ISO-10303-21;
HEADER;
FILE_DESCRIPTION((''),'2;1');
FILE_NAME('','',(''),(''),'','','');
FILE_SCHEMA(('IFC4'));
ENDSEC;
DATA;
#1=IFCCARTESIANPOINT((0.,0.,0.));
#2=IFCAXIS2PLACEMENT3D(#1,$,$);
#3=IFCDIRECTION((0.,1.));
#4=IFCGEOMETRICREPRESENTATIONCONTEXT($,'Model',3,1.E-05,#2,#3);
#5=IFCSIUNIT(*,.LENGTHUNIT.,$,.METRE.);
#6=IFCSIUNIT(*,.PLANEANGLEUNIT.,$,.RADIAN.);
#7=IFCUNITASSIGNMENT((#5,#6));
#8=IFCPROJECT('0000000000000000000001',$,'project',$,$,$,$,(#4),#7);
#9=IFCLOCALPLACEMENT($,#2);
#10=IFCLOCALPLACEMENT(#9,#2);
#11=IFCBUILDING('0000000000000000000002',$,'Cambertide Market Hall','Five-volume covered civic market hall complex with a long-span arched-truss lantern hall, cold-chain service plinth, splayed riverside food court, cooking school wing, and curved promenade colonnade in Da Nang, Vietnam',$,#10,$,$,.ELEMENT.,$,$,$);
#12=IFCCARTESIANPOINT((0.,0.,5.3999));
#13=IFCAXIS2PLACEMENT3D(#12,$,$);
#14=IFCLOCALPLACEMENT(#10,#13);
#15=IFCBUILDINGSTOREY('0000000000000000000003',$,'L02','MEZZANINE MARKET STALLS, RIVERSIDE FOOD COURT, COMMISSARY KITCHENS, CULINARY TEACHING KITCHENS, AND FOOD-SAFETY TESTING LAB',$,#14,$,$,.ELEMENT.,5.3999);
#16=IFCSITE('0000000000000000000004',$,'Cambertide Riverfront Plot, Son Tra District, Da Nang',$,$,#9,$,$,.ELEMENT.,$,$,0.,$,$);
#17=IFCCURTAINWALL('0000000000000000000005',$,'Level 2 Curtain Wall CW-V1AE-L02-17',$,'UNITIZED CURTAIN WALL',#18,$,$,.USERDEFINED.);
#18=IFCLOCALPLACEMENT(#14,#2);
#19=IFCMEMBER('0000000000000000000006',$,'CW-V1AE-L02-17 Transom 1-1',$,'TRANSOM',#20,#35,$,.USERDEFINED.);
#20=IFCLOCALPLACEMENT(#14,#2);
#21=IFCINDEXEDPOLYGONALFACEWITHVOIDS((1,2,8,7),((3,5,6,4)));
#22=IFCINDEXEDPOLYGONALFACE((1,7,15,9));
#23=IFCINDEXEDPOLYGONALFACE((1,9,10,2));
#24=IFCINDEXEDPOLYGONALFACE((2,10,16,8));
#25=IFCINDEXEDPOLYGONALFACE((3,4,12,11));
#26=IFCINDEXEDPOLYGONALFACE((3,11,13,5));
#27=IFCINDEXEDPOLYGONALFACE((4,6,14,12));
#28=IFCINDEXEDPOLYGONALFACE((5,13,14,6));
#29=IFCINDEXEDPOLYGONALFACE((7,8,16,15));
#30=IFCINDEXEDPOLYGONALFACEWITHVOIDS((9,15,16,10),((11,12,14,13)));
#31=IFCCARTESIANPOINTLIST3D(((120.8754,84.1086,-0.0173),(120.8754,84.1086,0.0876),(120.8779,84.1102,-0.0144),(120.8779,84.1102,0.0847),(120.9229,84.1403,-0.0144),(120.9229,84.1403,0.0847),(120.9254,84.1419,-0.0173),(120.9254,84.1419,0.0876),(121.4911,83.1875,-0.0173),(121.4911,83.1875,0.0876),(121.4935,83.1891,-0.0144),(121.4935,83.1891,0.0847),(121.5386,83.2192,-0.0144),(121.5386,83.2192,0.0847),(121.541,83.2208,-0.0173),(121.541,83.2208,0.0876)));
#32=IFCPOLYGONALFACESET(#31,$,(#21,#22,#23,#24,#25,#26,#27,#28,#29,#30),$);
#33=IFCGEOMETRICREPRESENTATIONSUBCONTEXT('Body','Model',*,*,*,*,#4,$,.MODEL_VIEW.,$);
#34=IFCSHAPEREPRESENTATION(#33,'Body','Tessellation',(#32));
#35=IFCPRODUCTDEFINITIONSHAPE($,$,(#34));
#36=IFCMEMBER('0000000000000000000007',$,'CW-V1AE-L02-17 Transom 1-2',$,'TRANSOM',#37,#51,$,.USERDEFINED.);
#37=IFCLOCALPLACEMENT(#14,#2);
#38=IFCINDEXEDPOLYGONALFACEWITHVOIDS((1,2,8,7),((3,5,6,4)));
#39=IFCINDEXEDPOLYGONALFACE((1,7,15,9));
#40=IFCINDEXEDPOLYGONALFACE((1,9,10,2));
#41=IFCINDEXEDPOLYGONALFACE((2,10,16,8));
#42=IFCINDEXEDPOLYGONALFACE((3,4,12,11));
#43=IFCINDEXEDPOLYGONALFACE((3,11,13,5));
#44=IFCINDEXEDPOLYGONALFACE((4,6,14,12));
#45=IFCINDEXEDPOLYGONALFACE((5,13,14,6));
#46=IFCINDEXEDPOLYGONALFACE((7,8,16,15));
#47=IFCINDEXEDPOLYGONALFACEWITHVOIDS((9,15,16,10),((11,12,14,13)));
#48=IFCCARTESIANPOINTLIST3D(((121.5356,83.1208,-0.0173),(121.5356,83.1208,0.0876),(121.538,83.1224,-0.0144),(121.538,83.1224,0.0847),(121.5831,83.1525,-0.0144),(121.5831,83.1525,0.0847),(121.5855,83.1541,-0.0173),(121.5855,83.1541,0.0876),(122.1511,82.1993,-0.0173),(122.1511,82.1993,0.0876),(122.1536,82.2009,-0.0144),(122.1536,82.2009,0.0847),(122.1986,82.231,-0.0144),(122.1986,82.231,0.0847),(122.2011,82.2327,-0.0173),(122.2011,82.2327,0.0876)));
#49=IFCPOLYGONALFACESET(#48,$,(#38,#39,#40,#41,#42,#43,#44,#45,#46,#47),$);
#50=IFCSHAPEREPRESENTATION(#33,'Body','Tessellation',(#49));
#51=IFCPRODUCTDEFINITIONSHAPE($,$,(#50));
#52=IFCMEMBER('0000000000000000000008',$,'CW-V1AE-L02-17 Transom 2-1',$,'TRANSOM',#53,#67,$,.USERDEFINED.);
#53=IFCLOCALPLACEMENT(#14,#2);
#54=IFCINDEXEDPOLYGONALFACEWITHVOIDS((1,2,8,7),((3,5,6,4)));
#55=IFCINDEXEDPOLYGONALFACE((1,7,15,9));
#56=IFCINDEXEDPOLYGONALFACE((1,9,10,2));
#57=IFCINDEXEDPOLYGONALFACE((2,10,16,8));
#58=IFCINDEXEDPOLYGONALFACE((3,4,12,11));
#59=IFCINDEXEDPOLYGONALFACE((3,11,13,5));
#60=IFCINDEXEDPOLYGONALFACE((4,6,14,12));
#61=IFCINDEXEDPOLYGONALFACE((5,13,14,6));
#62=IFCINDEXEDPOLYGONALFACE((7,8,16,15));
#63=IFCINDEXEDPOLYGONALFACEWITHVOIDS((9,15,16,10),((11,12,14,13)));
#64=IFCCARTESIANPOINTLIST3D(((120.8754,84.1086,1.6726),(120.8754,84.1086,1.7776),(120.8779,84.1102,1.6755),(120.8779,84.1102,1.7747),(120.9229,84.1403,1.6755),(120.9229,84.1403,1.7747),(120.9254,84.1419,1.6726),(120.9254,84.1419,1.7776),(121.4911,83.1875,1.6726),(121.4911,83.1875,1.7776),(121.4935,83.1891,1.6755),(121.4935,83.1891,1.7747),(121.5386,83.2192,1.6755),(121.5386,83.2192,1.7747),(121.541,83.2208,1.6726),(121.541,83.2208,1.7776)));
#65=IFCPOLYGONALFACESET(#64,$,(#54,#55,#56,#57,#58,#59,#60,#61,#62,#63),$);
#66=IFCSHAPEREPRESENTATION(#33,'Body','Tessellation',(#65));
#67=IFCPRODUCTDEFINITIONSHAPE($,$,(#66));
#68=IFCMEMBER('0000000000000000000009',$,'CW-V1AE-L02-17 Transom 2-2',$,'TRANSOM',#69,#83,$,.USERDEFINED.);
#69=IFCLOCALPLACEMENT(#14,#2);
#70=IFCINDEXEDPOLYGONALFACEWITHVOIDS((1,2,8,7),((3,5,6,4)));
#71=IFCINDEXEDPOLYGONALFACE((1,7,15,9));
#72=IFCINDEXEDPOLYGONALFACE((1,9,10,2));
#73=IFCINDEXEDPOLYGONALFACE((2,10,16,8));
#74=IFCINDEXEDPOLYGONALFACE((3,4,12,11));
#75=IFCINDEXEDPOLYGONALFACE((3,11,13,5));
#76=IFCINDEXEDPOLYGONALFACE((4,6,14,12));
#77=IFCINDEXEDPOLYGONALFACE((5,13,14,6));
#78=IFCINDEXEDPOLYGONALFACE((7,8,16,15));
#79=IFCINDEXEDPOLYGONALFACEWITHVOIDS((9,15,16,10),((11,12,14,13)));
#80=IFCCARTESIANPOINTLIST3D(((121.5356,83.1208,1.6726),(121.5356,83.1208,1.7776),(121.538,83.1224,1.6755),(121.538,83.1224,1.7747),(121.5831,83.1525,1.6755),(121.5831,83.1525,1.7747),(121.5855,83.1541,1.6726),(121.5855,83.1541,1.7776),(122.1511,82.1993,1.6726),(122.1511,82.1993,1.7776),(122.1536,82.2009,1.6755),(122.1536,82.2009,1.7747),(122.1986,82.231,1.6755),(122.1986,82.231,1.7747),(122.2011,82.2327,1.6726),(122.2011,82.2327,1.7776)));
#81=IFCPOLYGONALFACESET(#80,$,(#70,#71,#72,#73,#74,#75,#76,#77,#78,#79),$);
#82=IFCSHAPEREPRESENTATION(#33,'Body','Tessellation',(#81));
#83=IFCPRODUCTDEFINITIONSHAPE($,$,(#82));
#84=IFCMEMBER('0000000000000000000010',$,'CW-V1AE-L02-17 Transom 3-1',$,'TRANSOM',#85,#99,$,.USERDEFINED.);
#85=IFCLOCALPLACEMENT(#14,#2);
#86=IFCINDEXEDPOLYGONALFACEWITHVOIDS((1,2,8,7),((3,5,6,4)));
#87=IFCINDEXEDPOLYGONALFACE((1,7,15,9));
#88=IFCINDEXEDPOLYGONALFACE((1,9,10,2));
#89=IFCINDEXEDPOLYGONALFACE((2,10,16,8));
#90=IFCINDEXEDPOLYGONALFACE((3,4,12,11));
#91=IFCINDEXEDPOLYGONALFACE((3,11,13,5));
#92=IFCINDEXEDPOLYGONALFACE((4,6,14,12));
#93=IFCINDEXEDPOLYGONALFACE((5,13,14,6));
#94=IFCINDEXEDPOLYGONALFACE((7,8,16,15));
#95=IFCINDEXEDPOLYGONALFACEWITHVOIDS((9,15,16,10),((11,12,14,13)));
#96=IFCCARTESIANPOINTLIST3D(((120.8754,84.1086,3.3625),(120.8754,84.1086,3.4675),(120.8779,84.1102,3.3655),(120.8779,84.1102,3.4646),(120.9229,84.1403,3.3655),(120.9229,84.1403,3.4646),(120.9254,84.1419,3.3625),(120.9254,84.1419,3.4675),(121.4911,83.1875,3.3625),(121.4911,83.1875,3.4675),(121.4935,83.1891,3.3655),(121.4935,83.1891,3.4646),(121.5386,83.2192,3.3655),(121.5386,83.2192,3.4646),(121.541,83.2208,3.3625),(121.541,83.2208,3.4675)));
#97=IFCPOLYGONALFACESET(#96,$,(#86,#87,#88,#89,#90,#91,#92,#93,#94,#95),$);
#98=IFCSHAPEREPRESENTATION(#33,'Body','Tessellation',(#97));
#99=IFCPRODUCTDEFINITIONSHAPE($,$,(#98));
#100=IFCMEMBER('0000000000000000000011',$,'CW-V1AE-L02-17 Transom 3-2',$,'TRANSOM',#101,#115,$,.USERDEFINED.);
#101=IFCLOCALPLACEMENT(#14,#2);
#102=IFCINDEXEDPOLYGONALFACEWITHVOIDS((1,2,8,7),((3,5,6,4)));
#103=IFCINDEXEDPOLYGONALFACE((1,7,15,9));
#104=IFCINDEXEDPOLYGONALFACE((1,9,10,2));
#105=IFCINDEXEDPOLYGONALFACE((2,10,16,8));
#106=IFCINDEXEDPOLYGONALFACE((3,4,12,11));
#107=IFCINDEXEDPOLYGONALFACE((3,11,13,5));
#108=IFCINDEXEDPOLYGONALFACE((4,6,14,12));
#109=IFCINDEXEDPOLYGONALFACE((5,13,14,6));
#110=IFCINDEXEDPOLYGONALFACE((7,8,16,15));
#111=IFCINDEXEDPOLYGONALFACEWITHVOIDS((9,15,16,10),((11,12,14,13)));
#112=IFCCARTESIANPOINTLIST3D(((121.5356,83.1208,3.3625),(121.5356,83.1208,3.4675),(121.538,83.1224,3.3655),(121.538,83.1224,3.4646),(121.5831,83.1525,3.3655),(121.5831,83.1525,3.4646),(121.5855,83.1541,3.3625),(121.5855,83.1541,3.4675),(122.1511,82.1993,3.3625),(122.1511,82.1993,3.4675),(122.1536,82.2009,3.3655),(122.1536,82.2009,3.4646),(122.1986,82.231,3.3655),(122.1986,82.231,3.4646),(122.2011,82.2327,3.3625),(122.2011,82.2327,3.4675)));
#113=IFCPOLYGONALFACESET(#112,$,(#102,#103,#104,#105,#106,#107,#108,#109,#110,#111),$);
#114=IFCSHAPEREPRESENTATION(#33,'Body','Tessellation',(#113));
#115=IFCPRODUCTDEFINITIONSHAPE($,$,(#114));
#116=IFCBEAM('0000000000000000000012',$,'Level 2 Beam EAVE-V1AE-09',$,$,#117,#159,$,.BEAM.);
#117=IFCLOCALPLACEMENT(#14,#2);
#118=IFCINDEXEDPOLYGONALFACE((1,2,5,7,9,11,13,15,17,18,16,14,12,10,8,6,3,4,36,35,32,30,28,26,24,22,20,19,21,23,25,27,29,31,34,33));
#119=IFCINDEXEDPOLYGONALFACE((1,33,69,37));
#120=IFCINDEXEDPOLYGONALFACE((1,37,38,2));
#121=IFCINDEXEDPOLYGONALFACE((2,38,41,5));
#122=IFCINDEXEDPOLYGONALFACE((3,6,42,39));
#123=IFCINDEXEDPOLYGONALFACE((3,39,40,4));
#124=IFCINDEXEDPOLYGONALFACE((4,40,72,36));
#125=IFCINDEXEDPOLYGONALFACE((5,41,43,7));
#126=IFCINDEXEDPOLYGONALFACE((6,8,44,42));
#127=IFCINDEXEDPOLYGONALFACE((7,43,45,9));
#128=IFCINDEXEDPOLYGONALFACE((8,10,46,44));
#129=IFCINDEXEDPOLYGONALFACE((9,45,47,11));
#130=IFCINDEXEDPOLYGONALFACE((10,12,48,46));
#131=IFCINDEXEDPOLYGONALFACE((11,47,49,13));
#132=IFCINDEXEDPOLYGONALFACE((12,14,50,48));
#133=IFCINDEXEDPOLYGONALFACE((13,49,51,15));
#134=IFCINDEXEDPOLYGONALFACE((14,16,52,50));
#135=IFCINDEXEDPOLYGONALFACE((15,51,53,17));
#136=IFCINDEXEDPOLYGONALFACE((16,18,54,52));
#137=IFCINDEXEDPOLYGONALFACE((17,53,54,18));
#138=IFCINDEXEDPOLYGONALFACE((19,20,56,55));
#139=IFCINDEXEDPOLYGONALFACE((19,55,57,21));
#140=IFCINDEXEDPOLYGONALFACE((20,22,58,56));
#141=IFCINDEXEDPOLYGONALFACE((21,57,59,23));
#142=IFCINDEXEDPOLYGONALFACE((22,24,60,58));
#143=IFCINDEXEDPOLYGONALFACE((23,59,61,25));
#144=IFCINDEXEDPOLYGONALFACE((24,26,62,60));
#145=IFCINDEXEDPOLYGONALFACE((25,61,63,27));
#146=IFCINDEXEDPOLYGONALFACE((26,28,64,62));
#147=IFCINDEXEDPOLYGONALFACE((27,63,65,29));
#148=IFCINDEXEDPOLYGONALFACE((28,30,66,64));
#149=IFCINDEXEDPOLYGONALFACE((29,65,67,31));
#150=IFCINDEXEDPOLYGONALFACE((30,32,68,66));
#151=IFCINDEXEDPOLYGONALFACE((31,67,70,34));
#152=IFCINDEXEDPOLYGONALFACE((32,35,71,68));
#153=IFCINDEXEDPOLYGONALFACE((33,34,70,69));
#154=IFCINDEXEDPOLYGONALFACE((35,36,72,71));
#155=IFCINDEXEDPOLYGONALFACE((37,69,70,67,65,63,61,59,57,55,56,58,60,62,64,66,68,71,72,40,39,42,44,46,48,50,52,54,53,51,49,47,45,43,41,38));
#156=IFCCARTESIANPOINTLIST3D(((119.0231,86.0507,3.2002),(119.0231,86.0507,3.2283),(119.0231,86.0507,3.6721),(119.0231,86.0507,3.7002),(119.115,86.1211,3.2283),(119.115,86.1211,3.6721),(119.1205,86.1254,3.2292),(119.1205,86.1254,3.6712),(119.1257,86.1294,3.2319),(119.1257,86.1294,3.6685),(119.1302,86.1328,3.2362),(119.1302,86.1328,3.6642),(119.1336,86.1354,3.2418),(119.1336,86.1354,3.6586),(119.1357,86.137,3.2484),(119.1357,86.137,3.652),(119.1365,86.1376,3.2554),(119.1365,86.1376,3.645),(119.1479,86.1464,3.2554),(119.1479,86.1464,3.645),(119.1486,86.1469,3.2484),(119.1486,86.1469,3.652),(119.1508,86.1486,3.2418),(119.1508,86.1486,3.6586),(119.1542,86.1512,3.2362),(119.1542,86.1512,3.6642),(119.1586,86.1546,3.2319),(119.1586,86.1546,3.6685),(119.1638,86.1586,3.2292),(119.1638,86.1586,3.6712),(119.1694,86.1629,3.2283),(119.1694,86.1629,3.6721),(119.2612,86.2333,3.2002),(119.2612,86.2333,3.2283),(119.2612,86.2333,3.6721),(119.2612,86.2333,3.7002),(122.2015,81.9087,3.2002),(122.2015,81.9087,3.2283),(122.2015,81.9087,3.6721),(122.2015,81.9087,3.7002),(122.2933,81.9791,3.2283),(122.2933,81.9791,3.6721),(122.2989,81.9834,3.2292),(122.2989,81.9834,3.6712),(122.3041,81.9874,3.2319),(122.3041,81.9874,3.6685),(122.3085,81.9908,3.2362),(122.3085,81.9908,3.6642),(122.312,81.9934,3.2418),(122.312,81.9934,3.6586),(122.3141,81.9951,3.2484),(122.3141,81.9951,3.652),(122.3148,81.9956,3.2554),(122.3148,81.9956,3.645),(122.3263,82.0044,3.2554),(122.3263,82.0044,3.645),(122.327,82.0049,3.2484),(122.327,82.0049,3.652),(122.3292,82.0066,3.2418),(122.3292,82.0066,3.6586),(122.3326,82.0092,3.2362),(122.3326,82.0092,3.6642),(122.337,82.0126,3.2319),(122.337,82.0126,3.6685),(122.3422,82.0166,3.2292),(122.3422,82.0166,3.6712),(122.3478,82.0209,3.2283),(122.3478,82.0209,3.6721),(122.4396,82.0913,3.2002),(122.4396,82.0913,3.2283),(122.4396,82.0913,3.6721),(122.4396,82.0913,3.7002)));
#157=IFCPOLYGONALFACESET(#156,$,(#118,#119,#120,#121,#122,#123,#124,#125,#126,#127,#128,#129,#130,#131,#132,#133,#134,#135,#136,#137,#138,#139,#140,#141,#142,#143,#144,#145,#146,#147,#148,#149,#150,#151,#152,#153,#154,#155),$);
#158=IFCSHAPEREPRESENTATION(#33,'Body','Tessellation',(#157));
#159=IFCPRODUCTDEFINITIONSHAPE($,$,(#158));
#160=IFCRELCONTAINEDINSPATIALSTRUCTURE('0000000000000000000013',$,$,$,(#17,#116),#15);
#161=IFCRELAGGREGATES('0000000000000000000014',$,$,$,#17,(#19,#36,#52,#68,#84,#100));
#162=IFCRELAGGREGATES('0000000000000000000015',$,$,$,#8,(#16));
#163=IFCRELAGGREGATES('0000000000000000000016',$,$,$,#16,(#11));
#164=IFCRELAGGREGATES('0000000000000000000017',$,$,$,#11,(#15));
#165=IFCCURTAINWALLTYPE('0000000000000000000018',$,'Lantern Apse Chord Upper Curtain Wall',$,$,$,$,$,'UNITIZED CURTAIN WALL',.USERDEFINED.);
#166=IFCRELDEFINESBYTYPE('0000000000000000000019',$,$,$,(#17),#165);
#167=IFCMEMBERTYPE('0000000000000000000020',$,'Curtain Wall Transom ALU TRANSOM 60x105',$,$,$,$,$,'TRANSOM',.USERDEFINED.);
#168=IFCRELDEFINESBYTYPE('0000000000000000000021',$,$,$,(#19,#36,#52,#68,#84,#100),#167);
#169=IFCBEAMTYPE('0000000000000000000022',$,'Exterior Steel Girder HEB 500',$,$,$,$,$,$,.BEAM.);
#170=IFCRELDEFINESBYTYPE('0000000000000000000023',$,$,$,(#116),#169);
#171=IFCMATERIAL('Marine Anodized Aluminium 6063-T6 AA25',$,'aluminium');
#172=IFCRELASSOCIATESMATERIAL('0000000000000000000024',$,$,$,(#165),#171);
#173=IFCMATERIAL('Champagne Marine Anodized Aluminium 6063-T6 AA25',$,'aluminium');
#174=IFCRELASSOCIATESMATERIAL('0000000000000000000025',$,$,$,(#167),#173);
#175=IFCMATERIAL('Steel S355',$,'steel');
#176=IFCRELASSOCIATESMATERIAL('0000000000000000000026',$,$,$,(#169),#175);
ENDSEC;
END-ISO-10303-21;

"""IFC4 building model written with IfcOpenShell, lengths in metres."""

from ifc_helpers import new_model, si_unit, direction, frame, origin, origin_2d, place, context, subcontext, project, spatial, hollow_rectangle, i_section, extrude, material, material_profile, profile_set, type_object, element, aggregate, save


model = new_model("IFC4")

# Units and contexts
model_context = context("Model", 3, precision=1e-05, world=origin(), true_north=direction((0.0, 1.0)))
body_context = subcontext(model_context, "Body", "Model", "MODEL_VIEW")
ifc_project = project(units=[si_unit("LENGTHUNIT", "METRE"), si_unit("PLANEANGLEUNIT", "RADIAN")], contexts=[model_context])

# Site, building, storey
site_placement = place(None, origin())
site = spatial("IfcSite", under=ifc_project, at=site_placement, Name="Cambertide Riverfront Plot, Son Tra District, Da Nang", CompositionType="ELEMENT", RefElevation=0.0)
building_placement = place(site_placement, origin())
building = spatial("IfcBuilding", under=site, at=building_placement, Name="Cambertide Market Hall", Description="Five-volume covered civic market hall complex with a long-span arched-truss lantern hall, cold-chain service plinth, splayed riverside food court, cooking school wing, and curved promenade colonnade in Da Nang, Vietnam", CompositionType="ELEMENT")
storey_placement = place(building_placement, frame((0.0, 0.0, 5.3999)))
storey = spatial("IfcBuildingStorey", under=building, at=storey_placement, Name="L02", Description="MEZZANINE MARKET STALLS, RIVERSIDE FOOD COURT, COMMISSARY KITCHENS, CULINARY TEACHING KITCHENS, AND FOOD-SAFETY TESTING LAB", CompositionType="ELEMENT", Elevation=5.3999)

# Curtain wall
ifc_material_1 = material(Name="Marine Anodized Aluminium 6063-T6 AA25", Category="aluminium")
curtain_wall_type = type_object("IfcCurtainWallType", Name="Lantern Apse Chord Upper Curtain Wall", ElementType="UNITIZED CURTAIN WALL", PredefinedType="USERDEFINED", material=ifc_material_1)
curtain_wall_1_placement = place(storey_placement, origin())
curtain_wall_1 = element("IfcCurtainWall", 1, at=curtain_wall_1_placement, inside=storey, type_object=curtain_wall_type, Name="Level 2 Curtain Wall CW-V1AE-L02-17", ObjectType="UNITIZED CURTAIN WALL", PredefinedType="USERDEFINED")

# Members
ifc_material_2 = material(Name="Champagne Marine Anodized Aluminium 6063-T6 AA25", Category="aluminium")
ifc_material_profile_1 = material_profile(ifc_material_2, hollow_rectangle(XDim=0.0601, YDim=0.105, WallThickness=0.0029, at=origin_2d()), Name="ALU TRANSOM 60x105")
ifc_profile_set_1 = profile_set([ifc_material_profile_1], Name="Champagne Marine Anodized Aluminium 6063-T6 AA25")
member_type_1 = type_object("IfcMemberType", Name="Curtain Wall Transom ALU TRANSOM 60x105", ElementType="TRANSOM", PredefinedType="USERDEFINED", material=ifc_profile_set_1)
member_1_placement = place(storey_placement, frame((120.9004, 84.1252, 0.0352), z_axis=(0.555717, -0.831372, 0.0), x_axis=(0.831372, 0.555717, 0.0)))
member_1 = element("IfcMember", 2, at=member_1_placement, type_object=member_type_1, Name="CW-V1AE-L02-17 Transom 1-1", ObjectType="TRANSOM", PredefinedType="USERDEFINED", context=body_context, shape_type="SweptSolid", body=[
    extrude(hollow_rectangle(XDim=0.0601, YDim=0.105, WallThickness=0.0029, at=origin_2d()), origin(), (0.0, 0.0, 1.0), 1.1079),
])
member_2_placement = place(storey_placement, frame((121.5605, 83.1375, 0.0352), z_axis=(0.555463, -0.831541, 0.0), x_axis=(0.831541, 0.555463, 0.0)))
member_2 = element("IfcMember", 3, at=member_2_placement, type_object=member_type_1, Name="CW-V1AE-L02-17 Transom 1-2", ObjectType="TRANSOM", PredefinedType="USERDEFINED", context=body_context, shape_type="SweptSolid", body=[
    extrude(hollow_rectangle(XDim=0.0601, YDim=0.105, WallThickness=0.0029, at=origin_2d()), origin(), (0.0, 0.0, 1.0), 1.1082),
])
member_3_placement = place(storey_placement, frame((120.9004, 84.1252, 1.7251), z_axis=(0.555717, -0.831372, 0.0), x_axis=(0.831372, 0.555717, 0.0)))
member_3 = element("IfcMember", 4, at=member_3_placement, type_object=member_type_1, Name="CW-V1AE-L02-17 Transom 2-1", ObjectType="TRANSOM", PredefinedType="USERDEFINED", context=body_context, shape_type="SweptSolid", body=[
    extrude(hollow_rectangle(XDim=0.0601, YDim=0.105, WallThickness=0.0029, at=origin_2d()), origin(), (0.0, 0.0, 1.0), 1.1079),
])
member_4_placement = place(storey_placement, frame((121.5605, 83.1375, 1.7251), z_axis=(0.555463, -0.831541, 0.0), x_axis=(0.831541, 0.555463, 0.0)))
member_4 = element("IfcMember", 5, at=member_4_placement, type_object=member_type_1, Name="CW-V1AE-L02-17 Transom 2-2", ObjectType="TRANSOM", PredefinedType="USERDEFINED", context=body_context, shape_type="SweptSolid", body=[
    extrude(hollow_rectangle(XDim=0.0601, YDim=0.105, WallThickness=0.0029, at=origin_2d()), origin(), (0.0, 0.0, 1.0), 1.1082),
])
member_5_placement = place(storey_placement, frame((120.9004, 84.1252, 3.415), z_axis=(0.555717, -0.831372, 0.0), x_axis=(0.831372, 0.555717, 0.0)))
member_5 = element("IfcMember", 6, at=member_5_placement, type_object=member_type_1, Name="CW-V1AE-L02-17 Transom 3-1", ObjectType="TRANSOM", PredefinedType="USERDEFINED", context=body_context, shape_type="SweptSolid", body=[
    extrude(hollow_rectangle(XDim=0.0601, YDim=0.105, WallThickness=0.0029, at=origin_2d()), origin(), (0.0, 0.0, 1.0), 1.1079),
])
member_6_placement = place(storey_placement, frame((121.5605, 83.1375, 3.415), z_axis=(0.555463, -0.831541, 0.0), x_axis=(0.831541, 0.555463, 0.0)))
member_6 = element("IfcMember", 7, at=member_6_placement, type_object=member_type_1, Name="CW-V1AE-L02-17 Transom 3-2", ObjectType="TRANSOM", PredefinedType="USERDEFINED", context=body_context, shape_type="SweptSolid", body=[
    extrude(hollow_rectangle(XDim=0.0601, YDim=0.105, WallThickness=0.0029, at=origin_2d()), origin(), (0.0, 0.0, 1.0), 1.1082),
])

# Beam
ifc_material_3 = material(Name="Steel S355", Category="steel")
ifc_material_profile_2 = material_profile(ifc_material_3, i_section(OverallWidth=0.3, OverallDepth=0.5, WebThickness=0.0144, FlangeThickness=0.0281, FilletRadius=0.0271, at=origin_2d()), Name="HEB 500")
ifc_profile_set_2 = profile_set([ifc_material_profile_2], Name="Steel S355")
beam_type_1 = type_object("IfcBeamType", Name="Exterior Steel Girder HEB 500", PredefinedType="BEAM", material=ifc_profile_set_2)
beam_1_placement = place(storey_placement, frame((122.3206, 82.0, 3.4502), z_axis=(-0.608777, 0.793341, 0.0), x_axis=(-0.793341, -0.608777, 0.0)))
element("IfcBeam", 8, at=beam_1_placement, inside=storey, type_object=beam_type_1, Name="Level 2 Beam EAVE-V1AE-09", PredefinedType="BEAM", context=body_context, shape_type="SweptSolid", body=[
    extrude(i_section(OverallWidth=0.3, OverallDepth=0.5, WebThickness=0.0144, FlangeThickness=0.0281, FilletRadius=0.0271, at=origin_2d()), origin(), (0.0, 0.0, 1.0), 5.2209),
])

aggregate(curtain_wall_1, [member_1, member_2, member_3, member_4, member_5, member_6])

save(model, "model.ifc")
